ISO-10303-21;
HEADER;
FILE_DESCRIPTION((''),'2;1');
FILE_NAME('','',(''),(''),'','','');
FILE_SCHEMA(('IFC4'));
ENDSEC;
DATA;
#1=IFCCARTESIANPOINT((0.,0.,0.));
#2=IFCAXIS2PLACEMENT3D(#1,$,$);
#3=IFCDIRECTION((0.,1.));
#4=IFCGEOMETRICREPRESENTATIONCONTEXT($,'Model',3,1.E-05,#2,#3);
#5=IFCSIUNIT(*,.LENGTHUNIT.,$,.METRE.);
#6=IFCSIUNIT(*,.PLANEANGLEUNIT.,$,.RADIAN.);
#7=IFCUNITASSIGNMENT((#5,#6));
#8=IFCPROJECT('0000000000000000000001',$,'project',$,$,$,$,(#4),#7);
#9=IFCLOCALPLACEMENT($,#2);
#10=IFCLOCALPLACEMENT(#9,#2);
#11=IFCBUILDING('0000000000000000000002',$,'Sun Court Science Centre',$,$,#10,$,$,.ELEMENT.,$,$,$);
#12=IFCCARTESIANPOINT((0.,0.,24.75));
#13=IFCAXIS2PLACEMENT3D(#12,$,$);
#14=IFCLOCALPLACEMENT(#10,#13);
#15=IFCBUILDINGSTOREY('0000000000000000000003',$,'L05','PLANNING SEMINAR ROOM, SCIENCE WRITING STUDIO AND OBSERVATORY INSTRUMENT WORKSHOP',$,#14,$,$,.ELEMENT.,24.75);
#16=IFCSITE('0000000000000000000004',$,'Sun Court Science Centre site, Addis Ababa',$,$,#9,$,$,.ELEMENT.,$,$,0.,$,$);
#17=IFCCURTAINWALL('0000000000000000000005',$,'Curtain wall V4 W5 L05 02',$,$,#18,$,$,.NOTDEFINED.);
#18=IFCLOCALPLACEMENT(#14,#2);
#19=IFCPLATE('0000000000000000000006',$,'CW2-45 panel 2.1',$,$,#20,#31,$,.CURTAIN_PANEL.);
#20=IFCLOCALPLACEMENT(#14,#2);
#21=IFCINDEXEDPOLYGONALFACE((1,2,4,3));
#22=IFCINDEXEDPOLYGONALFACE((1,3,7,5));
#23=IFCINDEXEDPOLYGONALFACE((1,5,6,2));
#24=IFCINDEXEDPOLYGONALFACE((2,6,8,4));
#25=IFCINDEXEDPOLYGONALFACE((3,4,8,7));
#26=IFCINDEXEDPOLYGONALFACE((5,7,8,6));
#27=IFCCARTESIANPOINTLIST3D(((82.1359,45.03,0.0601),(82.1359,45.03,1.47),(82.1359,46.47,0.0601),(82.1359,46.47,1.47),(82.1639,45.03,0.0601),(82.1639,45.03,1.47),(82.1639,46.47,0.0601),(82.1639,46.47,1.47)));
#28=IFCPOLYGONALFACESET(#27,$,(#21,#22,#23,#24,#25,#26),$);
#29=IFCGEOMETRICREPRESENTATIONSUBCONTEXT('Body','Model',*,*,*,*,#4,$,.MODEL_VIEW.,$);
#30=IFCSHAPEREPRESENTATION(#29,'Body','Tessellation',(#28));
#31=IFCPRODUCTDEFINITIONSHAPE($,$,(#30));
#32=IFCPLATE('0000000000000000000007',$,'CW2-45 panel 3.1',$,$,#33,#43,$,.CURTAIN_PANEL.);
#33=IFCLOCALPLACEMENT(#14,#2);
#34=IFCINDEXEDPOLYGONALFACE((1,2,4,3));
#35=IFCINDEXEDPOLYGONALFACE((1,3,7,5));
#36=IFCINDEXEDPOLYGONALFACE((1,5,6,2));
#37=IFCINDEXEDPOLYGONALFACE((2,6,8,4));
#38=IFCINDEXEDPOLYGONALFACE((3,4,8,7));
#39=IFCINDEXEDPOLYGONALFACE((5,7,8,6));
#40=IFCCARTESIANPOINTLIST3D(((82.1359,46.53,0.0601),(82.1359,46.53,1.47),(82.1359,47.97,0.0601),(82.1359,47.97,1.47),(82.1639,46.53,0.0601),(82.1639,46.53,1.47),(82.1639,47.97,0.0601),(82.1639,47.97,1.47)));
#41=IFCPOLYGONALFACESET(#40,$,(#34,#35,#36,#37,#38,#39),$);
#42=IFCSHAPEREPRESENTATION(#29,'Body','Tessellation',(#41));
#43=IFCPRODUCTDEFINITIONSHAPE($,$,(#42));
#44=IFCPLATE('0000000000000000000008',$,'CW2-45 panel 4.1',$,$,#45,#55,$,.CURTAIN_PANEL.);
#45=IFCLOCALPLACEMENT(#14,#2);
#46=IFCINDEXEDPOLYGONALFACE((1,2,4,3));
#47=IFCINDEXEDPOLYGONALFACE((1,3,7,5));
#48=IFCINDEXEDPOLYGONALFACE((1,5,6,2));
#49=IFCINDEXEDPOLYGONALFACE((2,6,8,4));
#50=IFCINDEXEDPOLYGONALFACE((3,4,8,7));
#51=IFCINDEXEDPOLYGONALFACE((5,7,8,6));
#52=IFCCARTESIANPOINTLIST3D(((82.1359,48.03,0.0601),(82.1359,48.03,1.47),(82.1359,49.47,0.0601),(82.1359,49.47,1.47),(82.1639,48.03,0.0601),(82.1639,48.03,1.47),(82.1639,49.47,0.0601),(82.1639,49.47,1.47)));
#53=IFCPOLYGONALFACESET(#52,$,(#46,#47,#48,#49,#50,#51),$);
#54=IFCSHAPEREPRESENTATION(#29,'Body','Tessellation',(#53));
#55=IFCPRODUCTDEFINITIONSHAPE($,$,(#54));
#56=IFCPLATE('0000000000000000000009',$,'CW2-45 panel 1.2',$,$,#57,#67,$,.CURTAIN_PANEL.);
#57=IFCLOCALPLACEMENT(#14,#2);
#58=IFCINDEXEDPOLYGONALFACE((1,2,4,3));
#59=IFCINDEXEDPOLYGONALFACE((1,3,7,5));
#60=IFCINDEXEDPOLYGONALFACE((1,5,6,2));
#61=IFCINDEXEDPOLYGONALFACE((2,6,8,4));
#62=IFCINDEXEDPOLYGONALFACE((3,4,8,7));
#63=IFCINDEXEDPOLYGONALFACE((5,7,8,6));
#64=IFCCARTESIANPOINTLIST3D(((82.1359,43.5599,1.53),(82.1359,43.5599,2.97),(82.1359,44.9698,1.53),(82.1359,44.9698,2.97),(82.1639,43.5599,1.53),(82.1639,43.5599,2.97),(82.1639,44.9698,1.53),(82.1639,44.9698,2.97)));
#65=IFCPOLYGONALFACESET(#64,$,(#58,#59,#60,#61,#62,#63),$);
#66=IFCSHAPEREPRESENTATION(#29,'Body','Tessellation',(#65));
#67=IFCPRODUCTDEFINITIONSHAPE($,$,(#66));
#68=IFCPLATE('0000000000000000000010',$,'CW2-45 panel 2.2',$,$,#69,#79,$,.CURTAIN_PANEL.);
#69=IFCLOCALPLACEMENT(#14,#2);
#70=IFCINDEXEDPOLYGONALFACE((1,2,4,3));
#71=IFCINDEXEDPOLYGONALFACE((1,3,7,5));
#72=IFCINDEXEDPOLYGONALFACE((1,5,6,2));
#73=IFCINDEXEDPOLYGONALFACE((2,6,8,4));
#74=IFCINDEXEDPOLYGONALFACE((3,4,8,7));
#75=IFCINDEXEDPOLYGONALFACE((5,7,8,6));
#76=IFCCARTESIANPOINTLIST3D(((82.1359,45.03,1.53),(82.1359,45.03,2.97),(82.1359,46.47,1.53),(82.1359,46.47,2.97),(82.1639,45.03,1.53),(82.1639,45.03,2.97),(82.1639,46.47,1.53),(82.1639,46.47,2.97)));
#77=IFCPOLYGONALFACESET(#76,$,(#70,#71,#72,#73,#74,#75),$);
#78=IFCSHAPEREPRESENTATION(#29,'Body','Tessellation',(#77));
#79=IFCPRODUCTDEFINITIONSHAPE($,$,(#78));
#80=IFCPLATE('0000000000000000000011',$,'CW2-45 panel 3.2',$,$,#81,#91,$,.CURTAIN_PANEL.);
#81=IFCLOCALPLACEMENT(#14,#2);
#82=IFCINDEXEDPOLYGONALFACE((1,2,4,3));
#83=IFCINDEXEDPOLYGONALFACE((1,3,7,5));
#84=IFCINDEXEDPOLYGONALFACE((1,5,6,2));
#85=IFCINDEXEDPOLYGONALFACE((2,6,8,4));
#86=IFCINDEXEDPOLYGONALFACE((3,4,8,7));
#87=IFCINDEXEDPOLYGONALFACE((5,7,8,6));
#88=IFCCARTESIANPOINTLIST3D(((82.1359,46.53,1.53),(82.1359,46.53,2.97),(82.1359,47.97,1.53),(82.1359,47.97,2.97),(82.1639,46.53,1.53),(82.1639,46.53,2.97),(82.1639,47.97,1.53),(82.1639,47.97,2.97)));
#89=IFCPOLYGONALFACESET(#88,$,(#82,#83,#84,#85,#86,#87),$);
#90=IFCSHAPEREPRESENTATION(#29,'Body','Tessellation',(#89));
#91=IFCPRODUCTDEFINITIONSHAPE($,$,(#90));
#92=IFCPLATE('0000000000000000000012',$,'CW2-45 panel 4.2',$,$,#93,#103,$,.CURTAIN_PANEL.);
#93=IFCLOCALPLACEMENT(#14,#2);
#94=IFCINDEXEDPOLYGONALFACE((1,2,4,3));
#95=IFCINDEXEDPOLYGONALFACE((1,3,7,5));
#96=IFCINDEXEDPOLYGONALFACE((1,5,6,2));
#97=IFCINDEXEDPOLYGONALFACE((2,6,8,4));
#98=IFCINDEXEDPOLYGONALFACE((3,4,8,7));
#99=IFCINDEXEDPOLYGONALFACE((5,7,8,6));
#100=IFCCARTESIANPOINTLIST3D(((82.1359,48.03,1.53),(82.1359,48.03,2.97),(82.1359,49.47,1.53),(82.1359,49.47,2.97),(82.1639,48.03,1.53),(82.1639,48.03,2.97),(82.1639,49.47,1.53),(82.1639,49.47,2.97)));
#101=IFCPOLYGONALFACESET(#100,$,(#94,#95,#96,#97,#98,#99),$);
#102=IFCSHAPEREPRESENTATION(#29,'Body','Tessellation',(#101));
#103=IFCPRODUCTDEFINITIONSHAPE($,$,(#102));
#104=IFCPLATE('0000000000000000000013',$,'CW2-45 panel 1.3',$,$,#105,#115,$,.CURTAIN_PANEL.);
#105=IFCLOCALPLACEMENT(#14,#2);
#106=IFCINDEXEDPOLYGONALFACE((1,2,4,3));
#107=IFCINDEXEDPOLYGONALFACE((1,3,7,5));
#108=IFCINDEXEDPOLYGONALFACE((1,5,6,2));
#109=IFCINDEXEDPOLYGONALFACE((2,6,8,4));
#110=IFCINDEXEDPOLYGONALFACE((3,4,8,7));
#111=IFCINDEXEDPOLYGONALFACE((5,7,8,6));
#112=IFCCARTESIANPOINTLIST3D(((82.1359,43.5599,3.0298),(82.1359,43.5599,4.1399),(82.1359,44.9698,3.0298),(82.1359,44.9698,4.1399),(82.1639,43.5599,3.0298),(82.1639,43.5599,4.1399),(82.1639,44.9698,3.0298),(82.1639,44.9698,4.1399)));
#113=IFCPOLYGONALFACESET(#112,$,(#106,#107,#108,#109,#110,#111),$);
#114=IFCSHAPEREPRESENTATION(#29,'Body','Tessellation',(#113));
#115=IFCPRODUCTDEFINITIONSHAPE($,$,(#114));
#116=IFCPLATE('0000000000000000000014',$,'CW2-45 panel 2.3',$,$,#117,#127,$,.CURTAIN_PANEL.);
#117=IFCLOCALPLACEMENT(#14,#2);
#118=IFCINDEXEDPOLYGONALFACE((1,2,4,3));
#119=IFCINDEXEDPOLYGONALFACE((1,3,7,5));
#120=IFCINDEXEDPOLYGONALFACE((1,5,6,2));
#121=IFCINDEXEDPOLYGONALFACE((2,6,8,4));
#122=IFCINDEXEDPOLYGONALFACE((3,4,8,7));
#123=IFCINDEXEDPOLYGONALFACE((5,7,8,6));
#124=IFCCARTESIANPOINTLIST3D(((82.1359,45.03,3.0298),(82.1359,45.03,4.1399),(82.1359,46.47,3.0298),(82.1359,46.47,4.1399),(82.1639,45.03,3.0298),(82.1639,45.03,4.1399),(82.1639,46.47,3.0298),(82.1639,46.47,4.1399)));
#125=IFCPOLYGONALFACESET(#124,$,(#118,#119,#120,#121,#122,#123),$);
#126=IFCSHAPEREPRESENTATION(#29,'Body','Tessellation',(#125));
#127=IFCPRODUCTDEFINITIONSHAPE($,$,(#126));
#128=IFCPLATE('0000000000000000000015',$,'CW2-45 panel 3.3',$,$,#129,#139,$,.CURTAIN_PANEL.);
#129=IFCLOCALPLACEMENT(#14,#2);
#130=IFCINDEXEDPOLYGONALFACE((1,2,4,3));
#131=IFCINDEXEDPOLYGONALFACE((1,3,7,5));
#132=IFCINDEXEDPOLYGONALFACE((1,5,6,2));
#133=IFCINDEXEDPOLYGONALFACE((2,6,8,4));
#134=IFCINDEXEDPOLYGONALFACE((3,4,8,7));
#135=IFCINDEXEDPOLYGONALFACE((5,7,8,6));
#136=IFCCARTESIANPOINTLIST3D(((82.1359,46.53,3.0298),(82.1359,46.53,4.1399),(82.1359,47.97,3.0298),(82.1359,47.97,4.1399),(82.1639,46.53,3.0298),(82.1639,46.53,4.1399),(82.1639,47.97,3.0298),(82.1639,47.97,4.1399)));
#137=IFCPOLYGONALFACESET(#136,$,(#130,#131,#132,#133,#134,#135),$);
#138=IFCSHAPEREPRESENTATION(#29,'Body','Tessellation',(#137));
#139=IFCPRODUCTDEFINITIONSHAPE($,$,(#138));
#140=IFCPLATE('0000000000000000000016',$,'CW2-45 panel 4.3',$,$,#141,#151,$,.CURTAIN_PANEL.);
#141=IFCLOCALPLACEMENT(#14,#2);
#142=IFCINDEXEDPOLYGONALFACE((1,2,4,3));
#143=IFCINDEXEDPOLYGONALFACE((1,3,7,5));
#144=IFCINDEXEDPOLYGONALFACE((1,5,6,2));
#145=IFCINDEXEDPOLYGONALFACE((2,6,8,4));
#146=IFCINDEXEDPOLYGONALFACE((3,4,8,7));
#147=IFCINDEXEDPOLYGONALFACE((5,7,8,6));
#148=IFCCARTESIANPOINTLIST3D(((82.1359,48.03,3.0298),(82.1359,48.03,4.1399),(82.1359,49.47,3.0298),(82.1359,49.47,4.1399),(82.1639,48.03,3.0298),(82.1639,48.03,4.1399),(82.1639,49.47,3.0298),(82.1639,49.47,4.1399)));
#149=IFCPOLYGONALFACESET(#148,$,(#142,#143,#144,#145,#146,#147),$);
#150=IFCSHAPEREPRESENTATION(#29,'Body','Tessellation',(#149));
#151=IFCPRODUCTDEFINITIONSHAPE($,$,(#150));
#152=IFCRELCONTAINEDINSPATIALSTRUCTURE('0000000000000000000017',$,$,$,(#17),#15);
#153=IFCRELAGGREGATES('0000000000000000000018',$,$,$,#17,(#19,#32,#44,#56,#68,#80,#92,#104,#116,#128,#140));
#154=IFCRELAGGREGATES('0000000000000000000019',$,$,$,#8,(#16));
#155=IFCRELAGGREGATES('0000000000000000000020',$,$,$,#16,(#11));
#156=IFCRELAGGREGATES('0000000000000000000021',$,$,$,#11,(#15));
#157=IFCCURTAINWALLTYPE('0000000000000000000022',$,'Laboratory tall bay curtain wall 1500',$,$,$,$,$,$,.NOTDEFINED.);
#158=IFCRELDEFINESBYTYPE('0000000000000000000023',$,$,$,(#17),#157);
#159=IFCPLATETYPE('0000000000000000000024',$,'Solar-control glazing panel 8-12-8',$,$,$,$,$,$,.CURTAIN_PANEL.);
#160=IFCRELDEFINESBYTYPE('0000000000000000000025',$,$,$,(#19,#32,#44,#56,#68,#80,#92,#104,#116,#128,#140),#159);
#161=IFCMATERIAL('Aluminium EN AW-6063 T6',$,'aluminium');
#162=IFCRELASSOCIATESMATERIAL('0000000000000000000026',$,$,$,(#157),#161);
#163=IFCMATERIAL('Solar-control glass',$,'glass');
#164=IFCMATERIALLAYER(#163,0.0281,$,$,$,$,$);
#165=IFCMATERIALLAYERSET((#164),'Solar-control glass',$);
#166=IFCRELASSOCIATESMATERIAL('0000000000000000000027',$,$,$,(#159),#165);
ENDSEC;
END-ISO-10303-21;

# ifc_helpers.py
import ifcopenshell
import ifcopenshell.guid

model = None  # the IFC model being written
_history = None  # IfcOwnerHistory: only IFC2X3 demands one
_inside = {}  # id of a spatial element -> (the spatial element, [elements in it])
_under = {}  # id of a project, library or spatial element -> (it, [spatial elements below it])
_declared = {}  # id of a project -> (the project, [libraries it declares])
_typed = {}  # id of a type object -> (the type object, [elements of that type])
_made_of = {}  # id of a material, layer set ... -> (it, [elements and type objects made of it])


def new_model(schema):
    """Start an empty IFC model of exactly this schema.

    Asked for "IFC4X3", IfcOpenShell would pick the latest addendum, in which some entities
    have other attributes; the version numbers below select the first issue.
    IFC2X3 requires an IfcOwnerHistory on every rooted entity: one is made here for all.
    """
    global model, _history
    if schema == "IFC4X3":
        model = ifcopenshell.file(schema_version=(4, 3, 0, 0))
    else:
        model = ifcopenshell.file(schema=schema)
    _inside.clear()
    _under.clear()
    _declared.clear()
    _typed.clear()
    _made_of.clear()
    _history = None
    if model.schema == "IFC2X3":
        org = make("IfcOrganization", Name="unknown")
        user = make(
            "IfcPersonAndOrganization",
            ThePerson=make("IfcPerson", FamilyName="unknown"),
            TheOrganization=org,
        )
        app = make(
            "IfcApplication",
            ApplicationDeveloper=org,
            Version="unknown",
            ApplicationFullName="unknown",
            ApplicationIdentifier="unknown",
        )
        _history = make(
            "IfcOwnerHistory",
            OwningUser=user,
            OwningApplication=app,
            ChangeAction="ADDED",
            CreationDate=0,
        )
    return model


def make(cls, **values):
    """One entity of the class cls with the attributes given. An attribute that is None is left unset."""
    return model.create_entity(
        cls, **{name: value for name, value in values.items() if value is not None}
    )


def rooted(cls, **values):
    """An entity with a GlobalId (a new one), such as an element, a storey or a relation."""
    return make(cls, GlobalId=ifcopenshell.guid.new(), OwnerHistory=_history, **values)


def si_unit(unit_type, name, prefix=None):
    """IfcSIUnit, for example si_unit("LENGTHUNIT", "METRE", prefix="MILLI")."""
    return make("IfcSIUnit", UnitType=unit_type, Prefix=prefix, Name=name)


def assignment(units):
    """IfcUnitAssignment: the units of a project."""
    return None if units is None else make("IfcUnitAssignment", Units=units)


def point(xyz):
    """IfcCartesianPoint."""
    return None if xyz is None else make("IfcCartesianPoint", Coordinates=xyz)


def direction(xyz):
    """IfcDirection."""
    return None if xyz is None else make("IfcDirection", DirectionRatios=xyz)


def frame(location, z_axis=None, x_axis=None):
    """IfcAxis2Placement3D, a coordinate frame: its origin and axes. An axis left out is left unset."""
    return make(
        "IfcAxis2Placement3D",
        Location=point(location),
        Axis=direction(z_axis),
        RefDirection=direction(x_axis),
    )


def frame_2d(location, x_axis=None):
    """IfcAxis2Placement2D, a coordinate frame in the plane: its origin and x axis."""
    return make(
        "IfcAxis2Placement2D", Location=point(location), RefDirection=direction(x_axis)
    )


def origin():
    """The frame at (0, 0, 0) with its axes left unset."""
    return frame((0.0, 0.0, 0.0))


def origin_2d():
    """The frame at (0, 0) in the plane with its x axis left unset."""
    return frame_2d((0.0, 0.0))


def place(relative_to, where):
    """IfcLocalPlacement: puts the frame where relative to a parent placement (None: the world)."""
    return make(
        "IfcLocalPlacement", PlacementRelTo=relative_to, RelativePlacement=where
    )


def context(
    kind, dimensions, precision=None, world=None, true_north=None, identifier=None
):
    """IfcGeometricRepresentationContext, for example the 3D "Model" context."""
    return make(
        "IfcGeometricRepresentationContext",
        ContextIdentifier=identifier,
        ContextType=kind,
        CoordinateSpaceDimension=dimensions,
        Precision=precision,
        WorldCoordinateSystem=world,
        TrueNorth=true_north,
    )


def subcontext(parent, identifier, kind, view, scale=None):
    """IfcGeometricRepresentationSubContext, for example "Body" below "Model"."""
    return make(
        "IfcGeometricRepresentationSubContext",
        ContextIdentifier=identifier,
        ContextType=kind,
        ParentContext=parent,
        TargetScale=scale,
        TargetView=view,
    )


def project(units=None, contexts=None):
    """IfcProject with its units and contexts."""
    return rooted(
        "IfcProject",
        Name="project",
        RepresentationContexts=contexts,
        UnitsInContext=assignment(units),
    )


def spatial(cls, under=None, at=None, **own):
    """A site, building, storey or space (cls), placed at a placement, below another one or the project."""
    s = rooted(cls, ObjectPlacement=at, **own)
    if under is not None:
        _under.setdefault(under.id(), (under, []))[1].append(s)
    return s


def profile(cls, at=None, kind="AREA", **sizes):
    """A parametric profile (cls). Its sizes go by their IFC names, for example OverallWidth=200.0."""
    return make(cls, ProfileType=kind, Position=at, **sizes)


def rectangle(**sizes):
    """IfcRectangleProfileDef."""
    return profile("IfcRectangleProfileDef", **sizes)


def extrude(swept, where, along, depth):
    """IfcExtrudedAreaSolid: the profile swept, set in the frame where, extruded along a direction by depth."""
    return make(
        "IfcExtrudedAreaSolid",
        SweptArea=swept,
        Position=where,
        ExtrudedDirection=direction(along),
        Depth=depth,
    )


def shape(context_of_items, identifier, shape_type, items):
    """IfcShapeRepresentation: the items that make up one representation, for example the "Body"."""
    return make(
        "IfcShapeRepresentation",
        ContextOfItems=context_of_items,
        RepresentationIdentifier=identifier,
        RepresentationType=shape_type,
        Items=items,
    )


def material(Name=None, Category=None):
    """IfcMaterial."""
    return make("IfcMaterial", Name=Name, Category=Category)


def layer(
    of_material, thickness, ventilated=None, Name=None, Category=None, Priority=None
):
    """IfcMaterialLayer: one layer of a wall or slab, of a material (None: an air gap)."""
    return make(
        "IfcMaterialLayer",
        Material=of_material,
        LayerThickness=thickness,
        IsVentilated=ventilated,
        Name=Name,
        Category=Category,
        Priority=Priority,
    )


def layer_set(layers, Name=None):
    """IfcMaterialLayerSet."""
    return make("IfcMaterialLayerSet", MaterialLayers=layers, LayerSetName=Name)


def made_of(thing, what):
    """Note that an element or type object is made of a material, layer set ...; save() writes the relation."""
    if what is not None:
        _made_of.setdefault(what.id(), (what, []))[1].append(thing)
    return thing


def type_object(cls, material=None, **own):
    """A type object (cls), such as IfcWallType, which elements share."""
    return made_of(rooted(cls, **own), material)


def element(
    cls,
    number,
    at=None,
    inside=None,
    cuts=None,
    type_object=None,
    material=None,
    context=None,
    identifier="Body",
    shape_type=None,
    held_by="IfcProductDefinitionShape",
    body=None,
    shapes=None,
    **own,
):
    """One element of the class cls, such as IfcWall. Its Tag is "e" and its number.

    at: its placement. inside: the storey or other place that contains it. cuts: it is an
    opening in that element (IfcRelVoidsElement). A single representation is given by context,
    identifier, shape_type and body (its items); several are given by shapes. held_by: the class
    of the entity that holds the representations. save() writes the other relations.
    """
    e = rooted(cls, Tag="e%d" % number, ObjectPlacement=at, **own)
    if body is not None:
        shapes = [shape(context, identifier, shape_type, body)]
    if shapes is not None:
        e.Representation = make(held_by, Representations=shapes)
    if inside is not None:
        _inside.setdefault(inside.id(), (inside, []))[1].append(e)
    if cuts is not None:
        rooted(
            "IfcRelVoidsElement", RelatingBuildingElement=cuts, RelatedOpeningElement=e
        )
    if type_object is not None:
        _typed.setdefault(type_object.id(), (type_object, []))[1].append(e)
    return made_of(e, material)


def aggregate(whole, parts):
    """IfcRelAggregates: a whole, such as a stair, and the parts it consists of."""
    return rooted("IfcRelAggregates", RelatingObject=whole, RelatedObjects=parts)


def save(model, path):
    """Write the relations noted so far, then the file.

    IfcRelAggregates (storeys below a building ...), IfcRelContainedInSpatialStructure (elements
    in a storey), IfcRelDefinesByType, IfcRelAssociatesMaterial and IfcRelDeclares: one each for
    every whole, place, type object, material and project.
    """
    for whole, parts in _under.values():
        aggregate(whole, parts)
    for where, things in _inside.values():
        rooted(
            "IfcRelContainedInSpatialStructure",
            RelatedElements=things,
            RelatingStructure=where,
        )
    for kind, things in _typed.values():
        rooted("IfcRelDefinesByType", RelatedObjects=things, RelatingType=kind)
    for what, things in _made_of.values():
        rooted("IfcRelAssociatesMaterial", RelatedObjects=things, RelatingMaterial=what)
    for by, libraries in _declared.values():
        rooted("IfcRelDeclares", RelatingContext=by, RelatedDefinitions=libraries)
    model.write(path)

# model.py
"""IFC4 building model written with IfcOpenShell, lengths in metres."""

from ifc_helpers import new_model, si_unit, direction, frame, origin, origin_2d, place, context, subcontext, project, spatial, rectangle, extrude, material, layer, layer_set, type_object, element, aggregate, save


model = new_model("IFC4")

# Units and contexts
model_context = context("Model", 3, precision=1e-05, world=origin(), true_north=direction((0.0, 1.0)))
body_context = subcontext(model_context, "Body", "Model", "MODEL_VIEW")
ifc_project = project(units=[si_unit("LENGTHUNIT", "METRE"), si_unit("PLANEANGLEUNIT", "RADIAN")], contexts=[model_context])

# Site, building, storey
site_placement = place(None, origin())
site = spatial("IfcSite", under=ifc_project, at=site_placement, Name="Sun Court Science Centre site, Addis Ababa", CompositionType="ELEMENT", RefElevation=0.0)
building_placement = place(site_placement, origin())
building = spatial("IfcBuilding", under=site, at=building_placement, Name="Sun Court Science Centre", CompositionType="ELEMENT")
storey_placement = place(building_placement, frame((0.0, 0.0, 24.75)))
storey = spatial("IfcBuildingStorey", under=building, at=storey_placement, Name="L05", Description="PLANNING SEMINAR ROOM, SCIENCE WRITING STUDIO AND OBSERVATORY INSTRUMENT WORKSHOP", CompositionType="ELEMENT", Elevation=24.75)

# Curtain wall
ifc_material_1 = material(Name="Aluminium EN AW-6063 T6", Category="aluminium")
curtain_wall_type = type_object("IfcCurtainWallType", Name="Laboratory tall bay curtain wall 1500", PredefinedType="NOTDEFINED", material=ifc_material_1)
curtain_wall_placement = place(storey_placement, origin())
curtain_wall = element("IfcCurtainWall", 1, at=curtain_wall_placement, inside=storey, type_object=curtain_wall_type, Name="Curtain wall V4 W5 L05 02", PredefinedType="NOTDEFINED")

# Plates
ifc_material_2 = material(Name="Solar-control glass", Category="glass")
ifc_layer = layer(ifc_material_2, 0.0281)
ifc_layer_set = layer_set([ifc_layer], Name="Solar-control glass")
plate_type = type_object("IfcPlateType", Name="Solar-control glazing panel 8-12-8", PredefinedType="CURTAIN_PANEL", material=ifc_layer_set)
plate_1_placement = place(storey_placement, frame((82.1499, 45.75, 0.0601), z_axis=(0.0, 0.0, 1.0), x_axis=(0.0, 1.0, 0.0)))
plate_1 = element("IfcPlate", 2, at=plate_1_placement, type_object=plate_type, Name="CW2-45 panel 2.1", PredefinedType="CURTAIN_PANEL", context=body_context, shape_type="SweptSolid", body=[
    extrude(rectangle(XDim=1.4399, YDim=0.0281, at=origin_2d()), origin(), (0.0, 0.0, 1.0), 1.4099),
])
plate_2_placement = place(storey_placement, frame((82.1499, 47.25, 0.0601), z_axis=(0.0, 0.0, 1.0), x_axis=(0.0, 1.0, 0.0)))
plate_2 = element("IfcPlate", 3, at=plate_2_placement, type_object=plate_type, Name="CW2-45 panel 3.1", PredefinedType="CURTAIN_PANEL", context=body_context, shape_type="SweptSolid", body=[
    extrude(rectangle(XDim=1.4399, YDim=0.0281, at=origin_2d()), origin(), (0.0, 0.0, 1.0), 1.4099),
])
plate_3_placement = place(storey_placement, frame((82.1499, 48.75, 0.0601), z_axis=(0.0, 0.0, 1.0), x_axis=(0.0, 1.0, 0.0)))
plate_3 = element("IfcPlate", 4, at=plate_3_placement, type_object=plate_type, Name="CW2-45 panel 4.1", PredefinedType="CURTAIN_PANEL", context=body_context, shape_type="SweptSolid", body=[
    extrude(rectangle(XDim=1.4399, YDim=0.0281, at=origin_2d()), origin(), (0.0, 0.0, 1.0), 1.4099),
])
plate_4_placement = place(storey_placement, frame((82.1499, 44.2649, 1.53), z_axis=(0.0, 0.0, 1.0), x_axis=(0.0, 1.0, 0.0)))
plate_4 = element("IfcPlate", 5, at=plate_4_placement, type_object=plate_type, Name="CW2-45 panel 1.2", PredefinedType="CURTAIN_PANEL", context=body_context, shape_type="SweptSolid", body=[
    extrude(rectangle(XDim=1.4099, YDim=0.0281, at=origin_2d()), origin(), (0.0, 0.0, 1.0), 1.4399),
])
plate_5_placement = place(storey_placement, frame((82.1499, 45.75, 1.53), z_axis=(0.0, 0.0, 1.0), x_axis=(0.0, 1.0, 0.0)))
plate_5 = element("IfcPlate", 6, at=plate_5_placement, type_object=plate_type, Name="CW2-45 panel 2.2", PredefinedType="CURTAIN_PANEL", context=body_context, shape_type="SweptSolid", body=[
    extrude(rectangle(XDim=1.4399, YDim=0.0281, at=origin_2d()), origin(), (0.0, 0.0, 1.0), 1.4399),
])
plate_6_placement = place(storey_placement, frame((82.1499, 47.25, 1.53), z_axis=(0.0, 0.0, 1.0), x_axis=(0.0, 1.0, 0.0)))
plate_6 = element("IfcPlate", 7, at=plate_6_placement, type_object=plate_type, Name="CW2-45 panel 3.2", PredefinedType="CURTAIN_PANEL", context=body_context, shape_type="SweptSolid", body=[
    extrude(rectangle(XDim=1.4399, YDim=0.0281, at=origin_2d()), origin(), (0.0, 0.0, 1.0), 1.4399),
])
plate_7_placement = place(storey_placement, frame((82.1499, 48.75, 1.53), z_axis=(0.0, 0.0, 1.0), x_axis=(0.0, 1.0, 0.0)))
plate_7 = element("IfcPlate", 8, at=plate_7_placement, type_object=plate_type, Name="CW2-45 panel 4.2", PredefinedType="CURTAIN_PANEL", context=body_context, shape_type="SweptSolid", body=[
    extrude(rectangle(XDim=1.4399, YDim=0.0281, at=origin_2d()), origin(), (0.0, 0.0, 1.0), 1.4399),
])
plate_8_placement = place(storey_placement, frame((82.1499, 44.2649, 3.0298), z_axis=(0.0, 0.0, 1.0), x_axis=(0.0, 1.0, 0.0)))
plate_8 = element("IfcPlate", 9, at=plate_8_placement, type_object=plate_type, Name="CW2-45 panel 1.3", PredefinedType="CURTAIN_PANEL", context=body_context, shape_type="SweptSolid", body=[
    extrude(rectangle(XDim=1.4099, YDim=0.0281, at=origin_2d()), origin(), (0.0, 0.0, 1.0), 1.1101),
])
plate_9_placement = place(storey_placement, frame((82.1499, 45.75, 3.0298), z_axis=(0.0, 0.0, 1.0), x_axis=(0.0, 1.0, 0.0)))
plate_9 = element("IfcPlate", 10, at=plate_9_placement, type_object=plate_type, Name="CW2-45 panel 2.3", PredefinedType="CURTAIN_PANEL", context=body_context, shape_type="SweptSolid", body=[
    extrude(rectangle(XDim=1.4399, YDim=0.0281, at=origin_2d()), origin(), (0.0, 0.0, 1.0), 1.1101),
])
plate_10_placement = place(storey_placement, frame((82.1499, 47.25, 3.0298), z_axis=(0.0, 0.0, 1.0), x_axis=(0.0, 1.0, 0.0)))
plate_10 = element("IfcPlate", 11, at=plate_10_placement, type_object=plate_type, Name="CW2-45 panel 3.3", PredefinedType="CURTAIN_PANEL", context=body_context, shape_type="SweptSolid", body=[
    extrude(rectangle(XDim=1.4399, YDim=0.0281, at=origin_2d()), origin(), (0.0, 0.0, 1.0), 1.1101),
])
plate_11_placement = place(storey_placement, frame((82.1499, 48.75, 3.0298), z_axis=(0.0, 0.0, 1.0), x_axis=(0.0, 1.0, 0.0)))
plate_11 = element("IfcPlate", 12, at=plate_11_placement, type_object=plate_type, Name="CW2-45 panel 4.3", PredefinedType="CURTAIN_PANEL", context=body_context, shape_type="SweptSolid", body=[
    extrude(rectangle(XDim=1.4399, YDim=0.0281, at=origin_2d()), origin(), (0.0, 0.0, 1.0), 1.1101),
])
aggregate(curtain_wall, [plate_1, plate_2, plate_3, plate_4, plate_5, plate_6, plate_7, plate_8, plate_9, plate_10, plate_11])

save(model, "model.ifc")
